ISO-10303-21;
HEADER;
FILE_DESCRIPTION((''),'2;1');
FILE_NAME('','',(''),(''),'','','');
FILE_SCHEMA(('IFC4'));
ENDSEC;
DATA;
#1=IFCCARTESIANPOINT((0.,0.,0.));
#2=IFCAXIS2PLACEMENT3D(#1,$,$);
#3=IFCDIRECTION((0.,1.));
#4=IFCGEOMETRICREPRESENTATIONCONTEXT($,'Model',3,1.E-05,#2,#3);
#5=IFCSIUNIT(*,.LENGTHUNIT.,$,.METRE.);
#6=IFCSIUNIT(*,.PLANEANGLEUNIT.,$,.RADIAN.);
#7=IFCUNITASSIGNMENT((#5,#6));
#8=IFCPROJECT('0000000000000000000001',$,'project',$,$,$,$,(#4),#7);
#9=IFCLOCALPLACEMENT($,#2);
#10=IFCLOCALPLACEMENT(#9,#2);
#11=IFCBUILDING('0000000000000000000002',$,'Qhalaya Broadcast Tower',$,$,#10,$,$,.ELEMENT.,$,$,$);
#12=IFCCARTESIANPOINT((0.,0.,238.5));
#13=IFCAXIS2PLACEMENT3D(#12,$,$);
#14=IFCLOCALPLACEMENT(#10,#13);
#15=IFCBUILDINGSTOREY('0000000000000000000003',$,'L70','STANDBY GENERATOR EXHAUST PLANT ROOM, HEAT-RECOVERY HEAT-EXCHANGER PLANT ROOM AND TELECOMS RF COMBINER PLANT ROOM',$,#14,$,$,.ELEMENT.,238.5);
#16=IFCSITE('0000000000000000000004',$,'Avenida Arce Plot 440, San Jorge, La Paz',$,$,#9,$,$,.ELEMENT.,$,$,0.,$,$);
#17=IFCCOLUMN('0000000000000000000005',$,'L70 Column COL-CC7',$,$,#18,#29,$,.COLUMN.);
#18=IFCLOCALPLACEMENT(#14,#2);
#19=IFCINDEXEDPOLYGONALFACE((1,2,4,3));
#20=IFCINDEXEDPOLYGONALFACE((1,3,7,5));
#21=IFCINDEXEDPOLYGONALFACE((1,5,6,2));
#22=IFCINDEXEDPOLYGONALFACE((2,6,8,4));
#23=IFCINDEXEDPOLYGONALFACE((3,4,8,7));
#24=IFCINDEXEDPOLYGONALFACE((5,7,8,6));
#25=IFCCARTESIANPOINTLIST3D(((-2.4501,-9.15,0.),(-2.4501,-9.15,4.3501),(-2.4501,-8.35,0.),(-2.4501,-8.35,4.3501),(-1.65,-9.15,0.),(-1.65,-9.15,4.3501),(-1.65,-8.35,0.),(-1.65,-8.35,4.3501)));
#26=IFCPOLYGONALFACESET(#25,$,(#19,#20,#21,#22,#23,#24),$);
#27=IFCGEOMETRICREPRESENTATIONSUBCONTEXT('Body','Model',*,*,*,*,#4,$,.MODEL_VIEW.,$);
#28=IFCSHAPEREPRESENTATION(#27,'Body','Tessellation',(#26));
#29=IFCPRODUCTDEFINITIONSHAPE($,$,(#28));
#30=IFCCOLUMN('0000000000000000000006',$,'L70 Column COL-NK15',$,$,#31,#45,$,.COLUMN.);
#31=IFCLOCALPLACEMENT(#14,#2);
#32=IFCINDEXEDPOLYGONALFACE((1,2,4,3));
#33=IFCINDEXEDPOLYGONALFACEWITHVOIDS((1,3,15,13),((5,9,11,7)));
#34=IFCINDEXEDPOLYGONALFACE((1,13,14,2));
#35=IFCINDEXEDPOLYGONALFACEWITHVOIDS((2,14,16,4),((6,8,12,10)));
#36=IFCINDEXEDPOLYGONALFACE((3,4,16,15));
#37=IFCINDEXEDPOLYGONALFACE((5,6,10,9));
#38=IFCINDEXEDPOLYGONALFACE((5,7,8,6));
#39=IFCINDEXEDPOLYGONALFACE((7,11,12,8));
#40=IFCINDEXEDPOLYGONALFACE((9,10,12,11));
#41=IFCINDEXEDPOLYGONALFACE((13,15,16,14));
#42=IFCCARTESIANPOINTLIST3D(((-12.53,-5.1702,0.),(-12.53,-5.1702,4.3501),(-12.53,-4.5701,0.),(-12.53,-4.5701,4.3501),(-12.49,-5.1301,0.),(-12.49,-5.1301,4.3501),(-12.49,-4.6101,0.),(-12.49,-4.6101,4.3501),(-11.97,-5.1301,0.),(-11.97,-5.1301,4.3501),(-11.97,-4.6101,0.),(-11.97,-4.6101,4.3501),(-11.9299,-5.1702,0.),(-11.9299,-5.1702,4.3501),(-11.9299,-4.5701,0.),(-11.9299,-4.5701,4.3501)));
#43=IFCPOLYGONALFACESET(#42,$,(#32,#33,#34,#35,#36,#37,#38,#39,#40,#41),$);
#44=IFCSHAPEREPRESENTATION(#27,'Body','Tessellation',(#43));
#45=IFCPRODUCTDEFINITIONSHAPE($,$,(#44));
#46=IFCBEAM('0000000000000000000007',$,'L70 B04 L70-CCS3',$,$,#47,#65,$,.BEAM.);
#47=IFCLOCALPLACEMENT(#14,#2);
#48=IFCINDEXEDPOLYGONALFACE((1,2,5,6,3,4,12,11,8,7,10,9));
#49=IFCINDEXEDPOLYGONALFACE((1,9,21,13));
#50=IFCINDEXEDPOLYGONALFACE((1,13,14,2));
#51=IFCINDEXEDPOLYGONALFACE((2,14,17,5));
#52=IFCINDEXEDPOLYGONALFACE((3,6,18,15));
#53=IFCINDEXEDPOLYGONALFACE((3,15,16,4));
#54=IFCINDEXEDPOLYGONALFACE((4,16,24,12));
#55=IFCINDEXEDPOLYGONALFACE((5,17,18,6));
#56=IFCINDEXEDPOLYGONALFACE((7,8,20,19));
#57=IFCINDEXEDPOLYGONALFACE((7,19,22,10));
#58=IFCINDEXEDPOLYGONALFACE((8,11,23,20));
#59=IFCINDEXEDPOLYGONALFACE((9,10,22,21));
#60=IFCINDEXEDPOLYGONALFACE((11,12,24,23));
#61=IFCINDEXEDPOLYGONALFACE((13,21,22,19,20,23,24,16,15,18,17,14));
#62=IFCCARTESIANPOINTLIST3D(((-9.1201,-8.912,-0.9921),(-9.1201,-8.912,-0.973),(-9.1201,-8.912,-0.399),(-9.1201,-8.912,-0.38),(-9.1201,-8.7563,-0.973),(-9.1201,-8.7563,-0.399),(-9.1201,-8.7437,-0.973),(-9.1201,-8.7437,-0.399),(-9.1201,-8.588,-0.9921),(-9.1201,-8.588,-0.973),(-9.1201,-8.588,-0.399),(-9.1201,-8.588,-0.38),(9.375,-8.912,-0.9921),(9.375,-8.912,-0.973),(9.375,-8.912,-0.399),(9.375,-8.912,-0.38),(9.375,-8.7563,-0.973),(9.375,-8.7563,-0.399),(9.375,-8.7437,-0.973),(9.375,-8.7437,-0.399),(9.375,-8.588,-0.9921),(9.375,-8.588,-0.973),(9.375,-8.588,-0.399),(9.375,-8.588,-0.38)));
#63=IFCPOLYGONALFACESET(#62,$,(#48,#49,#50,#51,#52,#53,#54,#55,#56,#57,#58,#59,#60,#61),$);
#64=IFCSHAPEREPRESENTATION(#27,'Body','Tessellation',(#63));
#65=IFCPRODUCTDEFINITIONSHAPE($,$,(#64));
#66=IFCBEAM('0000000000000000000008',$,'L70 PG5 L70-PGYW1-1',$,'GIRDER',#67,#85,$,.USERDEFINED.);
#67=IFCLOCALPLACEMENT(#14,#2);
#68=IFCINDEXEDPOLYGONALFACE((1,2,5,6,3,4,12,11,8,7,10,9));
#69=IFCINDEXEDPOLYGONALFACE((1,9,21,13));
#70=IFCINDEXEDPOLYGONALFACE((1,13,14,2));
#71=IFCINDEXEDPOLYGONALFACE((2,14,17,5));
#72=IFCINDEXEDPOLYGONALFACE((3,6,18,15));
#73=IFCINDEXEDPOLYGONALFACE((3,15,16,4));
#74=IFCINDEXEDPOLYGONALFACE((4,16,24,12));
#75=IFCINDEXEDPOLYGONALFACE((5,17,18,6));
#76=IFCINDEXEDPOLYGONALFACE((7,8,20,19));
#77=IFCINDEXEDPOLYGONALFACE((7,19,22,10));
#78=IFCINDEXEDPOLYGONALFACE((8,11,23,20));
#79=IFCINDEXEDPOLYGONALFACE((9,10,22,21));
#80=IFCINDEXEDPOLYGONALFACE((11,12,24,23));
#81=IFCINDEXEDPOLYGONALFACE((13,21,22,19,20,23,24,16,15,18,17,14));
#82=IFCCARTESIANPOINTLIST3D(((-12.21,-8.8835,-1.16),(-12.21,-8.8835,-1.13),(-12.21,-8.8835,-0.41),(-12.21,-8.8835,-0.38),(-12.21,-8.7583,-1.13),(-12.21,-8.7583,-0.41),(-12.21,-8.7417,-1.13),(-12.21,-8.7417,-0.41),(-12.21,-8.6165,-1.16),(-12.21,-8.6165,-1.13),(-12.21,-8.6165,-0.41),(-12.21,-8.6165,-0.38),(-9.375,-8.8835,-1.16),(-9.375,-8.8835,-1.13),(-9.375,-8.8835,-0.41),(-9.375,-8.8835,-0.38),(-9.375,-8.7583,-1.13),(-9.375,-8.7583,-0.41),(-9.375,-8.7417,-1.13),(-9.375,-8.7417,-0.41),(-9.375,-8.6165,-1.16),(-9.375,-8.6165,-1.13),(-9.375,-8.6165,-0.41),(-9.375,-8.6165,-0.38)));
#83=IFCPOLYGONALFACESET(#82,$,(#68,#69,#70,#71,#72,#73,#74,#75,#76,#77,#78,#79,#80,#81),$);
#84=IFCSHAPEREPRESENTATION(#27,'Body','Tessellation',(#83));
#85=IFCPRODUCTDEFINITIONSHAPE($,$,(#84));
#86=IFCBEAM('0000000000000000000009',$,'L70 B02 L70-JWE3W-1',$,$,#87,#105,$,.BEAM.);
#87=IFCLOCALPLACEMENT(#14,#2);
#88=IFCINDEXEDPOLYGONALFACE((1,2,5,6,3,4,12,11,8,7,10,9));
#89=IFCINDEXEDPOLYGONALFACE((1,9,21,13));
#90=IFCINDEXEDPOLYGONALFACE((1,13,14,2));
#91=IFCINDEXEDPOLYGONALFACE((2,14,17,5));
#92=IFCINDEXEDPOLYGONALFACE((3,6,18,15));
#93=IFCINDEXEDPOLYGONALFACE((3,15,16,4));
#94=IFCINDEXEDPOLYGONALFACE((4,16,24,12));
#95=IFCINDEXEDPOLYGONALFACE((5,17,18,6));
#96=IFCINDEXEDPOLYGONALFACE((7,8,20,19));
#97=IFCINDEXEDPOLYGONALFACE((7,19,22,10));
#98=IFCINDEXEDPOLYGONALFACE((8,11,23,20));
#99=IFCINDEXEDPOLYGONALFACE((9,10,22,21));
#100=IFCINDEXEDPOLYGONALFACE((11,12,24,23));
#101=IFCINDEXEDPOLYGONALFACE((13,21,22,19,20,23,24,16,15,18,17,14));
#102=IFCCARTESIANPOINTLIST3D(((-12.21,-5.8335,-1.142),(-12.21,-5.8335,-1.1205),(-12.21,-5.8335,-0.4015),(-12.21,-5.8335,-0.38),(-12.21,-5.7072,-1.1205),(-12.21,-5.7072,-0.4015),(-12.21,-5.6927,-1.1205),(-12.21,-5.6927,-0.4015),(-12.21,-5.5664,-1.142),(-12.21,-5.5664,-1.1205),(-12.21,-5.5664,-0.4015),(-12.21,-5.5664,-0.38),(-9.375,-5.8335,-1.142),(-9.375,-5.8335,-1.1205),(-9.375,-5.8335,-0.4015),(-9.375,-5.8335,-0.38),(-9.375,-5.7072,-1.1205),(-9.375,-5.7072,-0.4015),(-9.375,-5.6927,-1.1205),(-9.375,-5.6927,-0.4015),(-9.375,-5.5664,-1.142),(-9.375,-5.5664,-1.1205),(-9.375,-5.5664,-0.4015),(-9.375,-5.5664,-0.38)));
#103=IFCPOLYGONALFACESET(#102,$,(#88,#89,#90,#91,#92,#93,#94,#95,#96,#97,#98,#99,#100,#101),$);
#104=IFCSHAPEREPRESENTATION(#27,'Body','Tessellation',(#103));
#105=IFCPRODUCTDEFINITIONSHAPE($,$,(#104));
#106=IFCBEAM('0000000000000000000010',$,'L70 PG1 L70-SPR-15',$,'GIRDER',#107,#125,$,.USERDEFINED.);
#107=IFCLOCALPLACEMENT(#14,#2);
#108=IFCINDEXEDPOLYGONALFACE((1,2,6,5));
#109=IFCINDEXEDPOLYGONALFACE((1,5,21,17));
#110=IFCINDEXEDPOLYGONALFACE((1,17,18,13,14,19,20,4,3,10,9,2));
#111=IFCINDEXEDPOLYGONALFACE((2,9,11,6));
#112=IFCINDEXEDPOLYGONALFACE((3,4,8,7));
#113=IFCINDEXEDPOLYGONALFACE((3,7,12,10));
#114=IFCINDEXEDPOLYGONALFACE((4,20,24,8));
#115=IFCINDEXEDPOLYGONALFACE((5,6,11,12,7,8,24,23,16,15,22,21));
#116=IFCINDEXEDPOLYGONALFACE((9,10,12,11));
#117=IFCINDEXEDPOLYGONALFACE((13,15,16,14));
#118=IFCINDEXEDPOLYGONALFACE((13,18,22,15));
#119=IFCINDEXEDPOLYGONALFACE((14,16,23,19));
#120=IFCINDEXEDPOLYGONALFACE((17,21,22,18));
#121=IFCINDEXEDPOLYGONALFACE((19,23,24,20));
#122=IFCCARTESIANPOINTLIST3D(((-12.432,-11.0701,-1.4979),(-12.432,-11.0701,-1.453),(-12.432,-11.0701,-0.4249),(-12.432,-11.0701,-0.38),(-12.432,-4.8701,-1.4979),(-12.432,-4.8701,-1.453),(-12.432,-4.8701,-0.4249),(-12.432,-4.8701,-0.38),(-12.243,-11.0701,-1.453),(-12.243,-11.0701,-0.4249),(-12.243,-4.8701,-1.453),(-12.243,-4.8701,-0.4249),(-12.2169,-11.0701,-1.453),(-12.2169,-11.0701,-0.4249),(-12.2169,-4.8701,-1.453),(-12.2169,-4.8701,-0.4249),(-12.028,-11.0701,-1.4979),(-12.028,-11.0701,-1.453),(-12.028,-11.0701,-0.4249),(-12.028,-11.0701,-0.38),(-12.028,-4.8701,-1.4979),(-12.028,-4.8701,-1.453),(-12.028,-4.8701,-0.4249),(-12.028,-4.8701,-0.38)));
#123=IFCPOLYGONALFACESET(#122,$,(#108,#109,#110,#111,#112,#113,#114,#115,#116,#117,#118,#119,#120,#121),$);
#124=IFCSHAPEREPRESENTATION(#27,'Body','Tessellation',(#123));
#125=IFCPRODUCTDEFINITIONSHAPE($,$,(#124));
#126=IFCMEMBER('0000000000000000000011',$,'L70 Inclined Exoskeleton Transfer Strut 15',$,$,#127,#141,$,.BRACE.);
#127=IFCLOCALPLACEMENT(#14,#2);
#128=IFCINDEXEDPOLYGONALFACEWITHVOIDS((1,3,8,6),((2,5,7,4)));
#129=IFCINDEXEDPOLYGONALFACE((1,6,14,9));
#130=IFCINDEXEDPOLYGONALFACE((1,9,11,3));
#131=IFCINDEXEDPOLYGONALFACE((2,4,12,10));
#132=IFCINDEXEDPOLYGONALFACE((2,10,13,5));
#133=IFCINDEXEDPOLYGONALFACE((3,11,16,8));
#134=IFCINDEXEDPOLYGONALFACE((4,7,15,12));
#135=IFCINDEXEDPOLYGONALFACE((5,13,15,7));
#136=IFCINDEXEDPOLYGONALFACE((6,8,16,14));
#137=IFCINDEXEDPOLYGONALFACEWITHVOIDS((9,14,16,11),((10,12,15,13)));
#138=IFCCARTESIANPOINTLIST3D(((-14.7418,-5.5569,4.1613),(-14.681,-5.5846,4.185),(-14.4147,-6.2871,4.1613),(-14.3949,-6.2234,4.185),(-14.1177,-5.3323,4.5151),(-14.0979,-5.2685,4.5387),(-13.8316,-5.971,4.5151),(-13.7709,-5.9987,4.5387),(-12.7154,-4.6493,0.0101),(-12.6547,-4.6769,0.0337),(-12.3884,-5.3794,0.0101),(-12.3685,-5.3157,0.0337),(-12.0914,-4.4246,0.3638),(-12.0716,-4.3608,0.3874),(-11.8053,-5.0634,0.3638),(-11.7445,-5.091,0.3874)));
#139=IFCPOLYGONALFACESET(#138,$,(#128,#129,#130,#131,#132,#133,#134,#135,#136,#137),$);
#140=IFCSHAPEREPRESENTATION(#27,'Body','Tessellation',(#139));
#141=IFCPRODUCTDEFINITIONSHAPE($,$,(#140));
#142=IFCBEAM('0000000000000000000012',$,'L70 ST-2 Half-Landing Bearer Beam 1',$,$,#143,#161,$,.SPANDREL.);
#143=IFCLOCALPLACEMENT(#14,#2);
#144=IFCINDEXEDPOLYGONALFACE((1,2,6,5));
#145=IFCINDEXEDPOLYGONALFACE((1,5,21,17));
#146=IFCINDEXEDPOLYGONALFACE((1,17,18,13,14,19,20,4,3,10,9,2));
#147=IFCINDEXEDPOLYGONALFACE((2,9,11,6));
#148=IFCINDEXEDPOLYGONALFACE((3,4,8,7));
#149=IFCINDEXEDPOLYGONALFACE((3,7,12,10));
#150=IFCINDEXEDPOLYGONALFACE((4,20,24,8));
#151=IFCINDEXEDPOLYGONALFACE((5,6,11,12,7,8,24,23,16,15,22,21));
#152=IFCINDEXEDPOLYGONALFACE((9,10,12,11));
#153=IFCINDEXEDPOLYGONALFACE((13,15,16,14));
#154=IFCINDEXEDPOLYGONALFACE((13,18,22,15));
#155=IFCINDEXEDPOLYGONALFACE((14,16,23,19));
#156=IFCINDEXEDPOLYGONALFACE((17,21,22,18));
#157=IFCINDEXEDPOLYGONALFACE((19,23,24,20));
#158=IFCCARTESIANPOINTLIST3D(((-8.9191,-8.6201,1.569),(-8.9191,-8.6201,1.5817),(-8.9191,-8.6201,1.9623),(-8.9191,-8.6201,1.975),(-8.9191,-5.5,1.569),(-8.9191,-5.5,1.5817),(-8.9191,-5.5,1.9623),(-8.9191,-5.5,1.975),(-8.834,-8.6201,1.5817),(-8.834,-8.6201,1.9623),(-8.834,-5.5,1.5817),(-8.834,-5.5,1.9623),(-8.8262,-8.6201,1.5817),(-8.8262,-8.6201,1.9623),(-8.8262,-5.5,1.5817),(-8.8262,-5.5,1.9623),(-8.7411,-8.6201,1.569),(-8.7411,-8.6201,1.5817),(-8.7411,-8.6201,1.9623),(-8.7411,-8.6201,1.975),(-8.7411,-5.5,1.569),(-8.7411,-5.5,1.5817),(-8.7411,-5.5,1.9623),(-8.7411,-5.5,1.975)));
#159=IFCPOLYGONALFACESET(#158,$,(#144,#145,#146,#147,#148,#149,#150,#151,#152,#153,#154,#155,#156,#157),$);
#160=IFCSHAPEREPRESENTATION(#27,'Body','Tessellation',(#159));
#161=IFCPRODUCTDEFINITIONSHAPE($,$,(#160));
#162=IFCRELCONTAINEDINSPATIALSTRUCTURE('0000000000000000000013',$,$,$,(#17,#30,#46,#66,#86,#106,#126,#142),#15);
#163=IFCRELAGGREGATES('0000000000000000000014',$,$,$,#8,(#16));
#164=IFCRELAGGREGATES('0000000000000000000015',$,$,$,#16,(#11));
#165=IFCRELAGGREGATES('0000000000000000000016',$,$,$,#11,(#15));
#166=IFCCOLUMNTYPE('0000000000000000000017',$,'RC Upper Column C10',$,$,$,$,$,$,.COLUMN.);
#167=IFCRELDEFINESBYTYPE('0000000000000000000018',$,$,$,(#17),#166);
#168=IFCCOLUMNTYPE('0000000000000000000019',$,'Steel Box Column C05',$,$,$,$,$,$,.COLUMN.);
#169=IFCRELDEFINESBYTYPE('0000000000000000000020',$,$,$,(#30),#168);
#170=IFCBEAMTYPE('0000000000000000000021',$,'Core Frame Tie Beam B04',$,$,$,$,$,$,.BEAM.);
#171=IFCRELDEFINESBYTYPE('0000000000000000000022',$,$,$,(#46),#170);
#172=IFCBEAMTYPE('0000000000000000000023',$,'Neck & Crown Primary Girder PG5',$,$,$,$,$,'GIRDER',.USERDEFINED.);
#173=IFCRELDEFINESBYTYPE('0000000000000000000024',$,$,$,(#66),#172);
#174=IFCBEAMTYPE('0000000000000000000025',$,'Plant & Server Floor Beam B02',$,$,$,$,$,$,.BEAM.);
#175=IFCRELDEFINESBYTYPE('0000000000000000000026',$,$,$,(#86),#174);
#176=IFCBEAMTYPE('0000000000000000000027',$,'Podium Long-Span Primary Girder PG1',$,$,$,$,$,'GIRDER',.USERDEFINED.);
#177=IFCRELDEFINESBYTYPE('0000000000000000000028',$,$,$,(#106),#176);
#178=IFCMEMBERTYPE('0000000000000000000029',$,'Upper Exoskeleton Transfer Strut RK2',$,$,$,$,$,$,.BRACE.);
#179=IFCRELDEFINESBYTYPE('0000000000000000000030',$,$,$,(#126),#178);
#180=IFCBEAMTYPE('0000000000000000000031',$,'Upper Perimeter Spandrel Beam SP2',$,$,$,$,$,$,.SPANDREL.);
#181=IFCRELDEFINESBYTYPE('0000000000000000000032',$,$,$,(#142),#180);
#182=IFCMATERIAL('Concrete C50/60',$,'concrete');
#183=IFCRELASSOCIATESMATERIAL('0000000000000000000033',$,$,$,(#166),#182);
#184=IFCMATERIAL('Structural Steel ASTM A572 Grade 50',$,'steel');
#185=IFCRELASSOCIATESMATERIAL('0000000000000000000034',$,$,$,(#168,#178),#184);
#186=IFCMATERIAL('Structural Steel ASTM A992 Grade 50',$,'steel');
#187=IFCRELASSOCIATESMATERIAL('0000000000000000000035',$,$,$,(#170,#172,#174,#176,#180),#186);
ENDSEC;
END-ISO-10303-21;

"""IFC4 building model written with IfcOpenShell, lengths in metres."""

from ifc_helpers import new_model, si_unit, direction, frame, origin, origin_2d, place, context, subcontext, project, spatial, rectangle, hollow_rectangle, i_section, extrude, material, material_profile, profile_set, type_object, element, save


model = new_model("IFC4")

# Units and contexts
model_context = context("Model", 3, precision=1e-05, world=origin(), true_north=direction((0.0, 1.0)))
body_context = subcontext(model_context, "Body", "Model", "MODEL_VIEW")
ifc_project = project(units=[si_unit("LENGTHUNIT", "METRE"), si_unit("PLANEANGLEUNIT", "RADIAN")], contexts=[model_context])

# Site, building, storey
site_placement = place(None, origin())
site = spatial("IfcSite", under=ifc_project, at=site_placement, Name="Avenida Arce Plot 440, San Jorge, La Paz", CompositionType="ELEMENT", RefElevation=0.0)
building_placement = place(site_placement, origin())
building = spatial("IfcBuilding", under=site, at=building_placement, Name="Qhalaya Broadcast Tower", CompositionType="ELEMENT")
storey_placement = place(building_placement, frame((0.0, 0.0, 238.5)))
storey = spatial("IfcBuildingStorey", under=building, at=storey_placement, Name="L70", Description="STANDBY GENERATOR EXHAUST PLANT ROOM, HEAT-RECOVERY HEAT-EXCHANGER PLANT ROOM AND TELECOMS RF COMBINER PLANT ROOM", CompositionType="ELEMENT", Elevation=238.5)

# Columns
ifc_material_1 = material(Name="Concrete C50/60", Category="concrete")
ifc_material_profile_1 = material_profile(ifc_material_1, rectangle(XDim=0.8, YDim=0.8, at=origin_2d()), Name="RC-COL 800x800")
ifc_profile_set_1 = profile_set([ifc_material_profile_1], Name="Concrete C50/60")
column_type_1 = type_object("IfcColumnType", Name="RC Upper Column C10", PredefinedType="COLUMN", material=ifc_profile_set_1)
column_1_placement = place(storey_placement, frame((-2.05, -8.75, 0.0), z_axis=(0.0, 0.0, 1.0), x_axis=(1.0, 0.0, 0.0)))
element("IfcColumn", 1, at=column_1_placement, inside=storey, type_object=column_type_1, Name="L70 Column COL-CC7", PredefinedType="COLUMN", context=body_context, shape_type="SweptSolid", body=[
    extrude(rectangle(XDim=0.8, YDim=0.8, at=origin_2d()), origin(), (0.0, 0.0, 1.0), 4.3501),
])
ifc_material_2 = material(Name="Structural Steel ASTM A572 Grade 50", Category="steel")
ifc_material_profile_2 = material_profile(ifc_material_2, hollow_rectangle(XDim=0.6001, YDim=0.6001, WallThickness=0.04, at=origin_2d()), Name="BOX 600x600x40")
ifc_profile_set_2 = profile_set([ifc_material_profile_2], Name="Structural Steel ASTM A572 Grade 50")
column_type_2 = type_object("IfcColumnType", Name="Steel Box Column C05", PredefinedType="COLUMN", material=ifc_profile_set_2)
column_2_placement = place(storey_placement, frame((-12.23, -4.8701, 0.0), z_axis=(0.0, 0.0, 1.0), x_axis=(0.0, 1.0, 0.0)))
element("IfcColumn", 2, at=column_2_placement, inside=storey, type_object=column_type_2, Name="L70 Column COL-NK15", PredefinedType="COLUMN", context=body_context, shape_type="SweptSolid", body=[
    extrude(hollow_rectangle(XDim=0.6001, YDim=0.6001, WallThickness=0.04, at=origin_2d()), origin(), (0.0, 0.0, 1.0), 4.3501),
])

# Beams
ifc_material_3 = material(Name="Structural Steel ASTM A992 Grade 50", Category="steel")
ifc_material_profile_3 = material_profile(ifc_material_3, i_section(OverallWidth=0.324, OverallDepth=0.6121, WebThickness=0.0127, FlangeThickness=0.019, at=origin_2d()), Name="W24X104")
ifc_profile_set_3 = profile_set([ifc_material_profile_3], Name="Structural Steel ASTM A992 Grade 50")
beam_type_1 = type_object("IfcBeamType", Name="Core Frame Tie Beam B04", PredefinedType="BEAM", material=ifc_profile_set_3)
beam_1_placement = place(storey_placement, frame((-9.1201, -8.75, -0.686), z_axis=(1.0, 0.0, 0.0), x_axis=(0.0, 1.0, 0.0)))
element("IfcBeam", 3, at=beam_1_placement, inside=storey, type_object=beam_type_1, Name="L70 B04 L70-CCS3", PredefinedType="BEAM", context=body_context, shape_type="SweptSolid", body=[
    extrude(i_section(OverallWidth=0.324, OverallDepth=0.6121, WebThickness=0.0127, FlangeThickness=0.019, at=origin_2d()), origin(), (0.0, 0.0, 1.0), 18.4951),
])
ifc_material_profile_4 = material_profile(ifc_material_3, i_section(OverallWidth=0.2671, OverallDepth=0.78, WebThickness=0.0166, FlangeThickness=0.03, at=origin_2d()), Name="W30X148")
ifc_profile_set_4 = profile_set([ifc_material_profile_4], Name="Structural Steel ASTM A992 Grade 50")
beam_type_2 = type_object("IfcBeamType", Name="Neck & Crown Primary Girder PG5", ElementType="GIRDER", PredefinedType="USERDEFINED", material=ifc_profile_set_4)
beam_2_placement = place(storey_placement, frame((-12.21, -8.75, -0.77), z_axis=(1.0, 0.0, 0.0), x_axis=(0.0, 1.0, 0.0)))
element("IfcBeam", 4, at=beam_2_placement, inside=storey, type_object=beam_type_2, Name="L70 PG5 L70-PGYW1-1", ObjectType="GIRDER", PredefinedType="USERDEFINED", context=body_context, shape_type="SweptSolid", body=[
    extrude(i_section(OverallWidth=0.2671, OverallDepth=0.78, WebThickness=0.0166, FlangeThickness=0.03, at=origin_2d()), origin(), (0.0, 0.0, 1.0), 2.835),
])
ifc_material_profile_5 = material_profile(ifc_material_3, i_section(OverallWidth=0.2671, OverallDepth=0.762, WebThickness=0.0144, FlangeThickness=0.0215, at=origin_2d()), Name="W30X116")
ifc_profile_set_5 = profile_set([ifc_material_profile_5], Name="Structural Steel ASTM A992 Grade 50")
beam_type_3 = type_object("IfcBeamType", Name="Plant & Server Floor Beam B02", PredefinedType="BEAM", material=ifc_profile_set_5)
beam_3_placement = place(storey_placement, frame((-12.21, -5.7, -0.761), z_axis=(1.0, 0.0, 0.0), x_axis=(0.0, 1.0, 0.0)))
element("IfcBeam", 5, at=beam_3_placement, inside=storey, type_object=beam_type_3, Name="L70 B02 L70-JWE3W-1", PredefinedType="BEAM", context=body_context, shape_type="SweptSolid", body=[
    extrude(i_section(OverallWidth=0.2671, OverallDepth=0.762, WebThickness=0.0144, FlangeThickness=0.0215, at=origin_2d()), origin(), (0.0, 0.0, 1.0), 2.835),
])
ifc_material_profile_6 = material_profile(ifc_material_3, i_section(OverallWidth=0.4041, OverallDepth=1.1179, WebThickness=0.0261, FlangeThickness=0.0449, at=origin_2d()), Name="W44X335")
ifc_profile_set_6 = profile_set([ifc_material_profile_6], Name="Structural Steel ASTM A992 Grade 50")
beam_type_4 = type_object("IfcBeamType", Name="Podium Long-Span Primary Girder PG1", ElementType="GIRDER", PredefinedType="USERDEFINED", material=ifc_profile_set_6)
beam_4_placement = place(storey_placement, frame((-12.23, -4.8701, -0.939), z_axis=(0.0, -1.0, 0.0), x_axis=(1.0, 0.0, 0.0)))
element("IfcBeam", 6, at=beam_4_placement, inside=storey, type_object=beam_type_4, Name="L70 PG1 L70-SPR-15", ObjectType="GIRDER", PredefinedType="USERDEFINED", context=body_context, shape_type="SweptSolid", body=[
    extrude(i_section(OverallWidth=0.4041, OverallDepth=1.1179, WebThickness=0.0261, FlangeThickness=0.0449, at=origin_2d()), origin(), (0.0, 0.0, 1.0), 6.2),
])

# Member
ifc_material_profile_7 = material_profile(ifc_material_2, hollow_rectangle(XDim=0.8, YDim=0.8, WallThickness=0.05, at=origin_2d()), Name="BOX 800x800x50")
ifc_profile_set_7 = profile_set([ifc_material_profile_7], Name="Structural Steel ASTM A572 Grade 50")
member_type = type_object("IfcMemberType", Name="Upper Exoskeleton Transfer Strut RK2", PredefinedType="BRACE", material=ifc_profile_set_7)
member_placement = place(storey_placement, frame((-12.23, -4.8701, 0.1987), z_axis=(-0.430422, -0.192808, 0.881795), x_axis=(0.40881, -0.91262, 0.0)))
element("IfcMember", 7, at=member_placement, inside=storey, type_object=member_type, Name="L70 Inclined Exoskeleton Transfer Strut 15", PredefinedType="BRACE", context=body_context, shape_type="SweptSolid", body=[
    extrude(hollow_rectangle(XDim=0.8, YDim=0.8, WallThickness=0.05, at=origin_2d()), origin(), (0.0, 0.0, 1.0), 4.7078),
])

# Beam
ifc_material_profile_8 = material_profile(ifc_material_3, i_section(OverallWidth=0.178, OverallDepth=0.406, WebThickness=0.0078, FlangeThickness=0.0127, at=origin_2d()), Name="W16X40")
ifc_profile_set_8 = profile_set([ifc_material_profile_8], Name="Structural Steel ASTM A992 Grade 50")
beam_type_5 = type_object("IfcBeamType", Name="Upper Perimeter Spandrel Beam SP2", PredefinedType="SPANDREL", material=ifc_profile_set_8)
for number, where, z_axis, x_axis, name in (
    (8, (-8.8301, -8.6201, 1.772), (0.0, 1.0, 0.0), (-1.0, 0.0, 0.0), "L70 ST-2 Half-Landing Bearer Beam 1"),
):
    element("IfcBeam", number, at=place(storey_placement, frame(where, z_axis=z_axis, x_axis=x_axis)), inside=storey, type_object=beam_type_5, Name=name, PredefinedType="SPANDREL", context=body_context, shape_type="SweptSolid", body=[
        extrude(i_section(OverallWidth=0.178, OverallDepth=0.406, WebThickness=0.0078, FlangeThickness=0.0127, at=origin_2d()), origin(), (0.0, 0.0, 1.0), 3.1201),
    ])

save(model, "model.ifc")
